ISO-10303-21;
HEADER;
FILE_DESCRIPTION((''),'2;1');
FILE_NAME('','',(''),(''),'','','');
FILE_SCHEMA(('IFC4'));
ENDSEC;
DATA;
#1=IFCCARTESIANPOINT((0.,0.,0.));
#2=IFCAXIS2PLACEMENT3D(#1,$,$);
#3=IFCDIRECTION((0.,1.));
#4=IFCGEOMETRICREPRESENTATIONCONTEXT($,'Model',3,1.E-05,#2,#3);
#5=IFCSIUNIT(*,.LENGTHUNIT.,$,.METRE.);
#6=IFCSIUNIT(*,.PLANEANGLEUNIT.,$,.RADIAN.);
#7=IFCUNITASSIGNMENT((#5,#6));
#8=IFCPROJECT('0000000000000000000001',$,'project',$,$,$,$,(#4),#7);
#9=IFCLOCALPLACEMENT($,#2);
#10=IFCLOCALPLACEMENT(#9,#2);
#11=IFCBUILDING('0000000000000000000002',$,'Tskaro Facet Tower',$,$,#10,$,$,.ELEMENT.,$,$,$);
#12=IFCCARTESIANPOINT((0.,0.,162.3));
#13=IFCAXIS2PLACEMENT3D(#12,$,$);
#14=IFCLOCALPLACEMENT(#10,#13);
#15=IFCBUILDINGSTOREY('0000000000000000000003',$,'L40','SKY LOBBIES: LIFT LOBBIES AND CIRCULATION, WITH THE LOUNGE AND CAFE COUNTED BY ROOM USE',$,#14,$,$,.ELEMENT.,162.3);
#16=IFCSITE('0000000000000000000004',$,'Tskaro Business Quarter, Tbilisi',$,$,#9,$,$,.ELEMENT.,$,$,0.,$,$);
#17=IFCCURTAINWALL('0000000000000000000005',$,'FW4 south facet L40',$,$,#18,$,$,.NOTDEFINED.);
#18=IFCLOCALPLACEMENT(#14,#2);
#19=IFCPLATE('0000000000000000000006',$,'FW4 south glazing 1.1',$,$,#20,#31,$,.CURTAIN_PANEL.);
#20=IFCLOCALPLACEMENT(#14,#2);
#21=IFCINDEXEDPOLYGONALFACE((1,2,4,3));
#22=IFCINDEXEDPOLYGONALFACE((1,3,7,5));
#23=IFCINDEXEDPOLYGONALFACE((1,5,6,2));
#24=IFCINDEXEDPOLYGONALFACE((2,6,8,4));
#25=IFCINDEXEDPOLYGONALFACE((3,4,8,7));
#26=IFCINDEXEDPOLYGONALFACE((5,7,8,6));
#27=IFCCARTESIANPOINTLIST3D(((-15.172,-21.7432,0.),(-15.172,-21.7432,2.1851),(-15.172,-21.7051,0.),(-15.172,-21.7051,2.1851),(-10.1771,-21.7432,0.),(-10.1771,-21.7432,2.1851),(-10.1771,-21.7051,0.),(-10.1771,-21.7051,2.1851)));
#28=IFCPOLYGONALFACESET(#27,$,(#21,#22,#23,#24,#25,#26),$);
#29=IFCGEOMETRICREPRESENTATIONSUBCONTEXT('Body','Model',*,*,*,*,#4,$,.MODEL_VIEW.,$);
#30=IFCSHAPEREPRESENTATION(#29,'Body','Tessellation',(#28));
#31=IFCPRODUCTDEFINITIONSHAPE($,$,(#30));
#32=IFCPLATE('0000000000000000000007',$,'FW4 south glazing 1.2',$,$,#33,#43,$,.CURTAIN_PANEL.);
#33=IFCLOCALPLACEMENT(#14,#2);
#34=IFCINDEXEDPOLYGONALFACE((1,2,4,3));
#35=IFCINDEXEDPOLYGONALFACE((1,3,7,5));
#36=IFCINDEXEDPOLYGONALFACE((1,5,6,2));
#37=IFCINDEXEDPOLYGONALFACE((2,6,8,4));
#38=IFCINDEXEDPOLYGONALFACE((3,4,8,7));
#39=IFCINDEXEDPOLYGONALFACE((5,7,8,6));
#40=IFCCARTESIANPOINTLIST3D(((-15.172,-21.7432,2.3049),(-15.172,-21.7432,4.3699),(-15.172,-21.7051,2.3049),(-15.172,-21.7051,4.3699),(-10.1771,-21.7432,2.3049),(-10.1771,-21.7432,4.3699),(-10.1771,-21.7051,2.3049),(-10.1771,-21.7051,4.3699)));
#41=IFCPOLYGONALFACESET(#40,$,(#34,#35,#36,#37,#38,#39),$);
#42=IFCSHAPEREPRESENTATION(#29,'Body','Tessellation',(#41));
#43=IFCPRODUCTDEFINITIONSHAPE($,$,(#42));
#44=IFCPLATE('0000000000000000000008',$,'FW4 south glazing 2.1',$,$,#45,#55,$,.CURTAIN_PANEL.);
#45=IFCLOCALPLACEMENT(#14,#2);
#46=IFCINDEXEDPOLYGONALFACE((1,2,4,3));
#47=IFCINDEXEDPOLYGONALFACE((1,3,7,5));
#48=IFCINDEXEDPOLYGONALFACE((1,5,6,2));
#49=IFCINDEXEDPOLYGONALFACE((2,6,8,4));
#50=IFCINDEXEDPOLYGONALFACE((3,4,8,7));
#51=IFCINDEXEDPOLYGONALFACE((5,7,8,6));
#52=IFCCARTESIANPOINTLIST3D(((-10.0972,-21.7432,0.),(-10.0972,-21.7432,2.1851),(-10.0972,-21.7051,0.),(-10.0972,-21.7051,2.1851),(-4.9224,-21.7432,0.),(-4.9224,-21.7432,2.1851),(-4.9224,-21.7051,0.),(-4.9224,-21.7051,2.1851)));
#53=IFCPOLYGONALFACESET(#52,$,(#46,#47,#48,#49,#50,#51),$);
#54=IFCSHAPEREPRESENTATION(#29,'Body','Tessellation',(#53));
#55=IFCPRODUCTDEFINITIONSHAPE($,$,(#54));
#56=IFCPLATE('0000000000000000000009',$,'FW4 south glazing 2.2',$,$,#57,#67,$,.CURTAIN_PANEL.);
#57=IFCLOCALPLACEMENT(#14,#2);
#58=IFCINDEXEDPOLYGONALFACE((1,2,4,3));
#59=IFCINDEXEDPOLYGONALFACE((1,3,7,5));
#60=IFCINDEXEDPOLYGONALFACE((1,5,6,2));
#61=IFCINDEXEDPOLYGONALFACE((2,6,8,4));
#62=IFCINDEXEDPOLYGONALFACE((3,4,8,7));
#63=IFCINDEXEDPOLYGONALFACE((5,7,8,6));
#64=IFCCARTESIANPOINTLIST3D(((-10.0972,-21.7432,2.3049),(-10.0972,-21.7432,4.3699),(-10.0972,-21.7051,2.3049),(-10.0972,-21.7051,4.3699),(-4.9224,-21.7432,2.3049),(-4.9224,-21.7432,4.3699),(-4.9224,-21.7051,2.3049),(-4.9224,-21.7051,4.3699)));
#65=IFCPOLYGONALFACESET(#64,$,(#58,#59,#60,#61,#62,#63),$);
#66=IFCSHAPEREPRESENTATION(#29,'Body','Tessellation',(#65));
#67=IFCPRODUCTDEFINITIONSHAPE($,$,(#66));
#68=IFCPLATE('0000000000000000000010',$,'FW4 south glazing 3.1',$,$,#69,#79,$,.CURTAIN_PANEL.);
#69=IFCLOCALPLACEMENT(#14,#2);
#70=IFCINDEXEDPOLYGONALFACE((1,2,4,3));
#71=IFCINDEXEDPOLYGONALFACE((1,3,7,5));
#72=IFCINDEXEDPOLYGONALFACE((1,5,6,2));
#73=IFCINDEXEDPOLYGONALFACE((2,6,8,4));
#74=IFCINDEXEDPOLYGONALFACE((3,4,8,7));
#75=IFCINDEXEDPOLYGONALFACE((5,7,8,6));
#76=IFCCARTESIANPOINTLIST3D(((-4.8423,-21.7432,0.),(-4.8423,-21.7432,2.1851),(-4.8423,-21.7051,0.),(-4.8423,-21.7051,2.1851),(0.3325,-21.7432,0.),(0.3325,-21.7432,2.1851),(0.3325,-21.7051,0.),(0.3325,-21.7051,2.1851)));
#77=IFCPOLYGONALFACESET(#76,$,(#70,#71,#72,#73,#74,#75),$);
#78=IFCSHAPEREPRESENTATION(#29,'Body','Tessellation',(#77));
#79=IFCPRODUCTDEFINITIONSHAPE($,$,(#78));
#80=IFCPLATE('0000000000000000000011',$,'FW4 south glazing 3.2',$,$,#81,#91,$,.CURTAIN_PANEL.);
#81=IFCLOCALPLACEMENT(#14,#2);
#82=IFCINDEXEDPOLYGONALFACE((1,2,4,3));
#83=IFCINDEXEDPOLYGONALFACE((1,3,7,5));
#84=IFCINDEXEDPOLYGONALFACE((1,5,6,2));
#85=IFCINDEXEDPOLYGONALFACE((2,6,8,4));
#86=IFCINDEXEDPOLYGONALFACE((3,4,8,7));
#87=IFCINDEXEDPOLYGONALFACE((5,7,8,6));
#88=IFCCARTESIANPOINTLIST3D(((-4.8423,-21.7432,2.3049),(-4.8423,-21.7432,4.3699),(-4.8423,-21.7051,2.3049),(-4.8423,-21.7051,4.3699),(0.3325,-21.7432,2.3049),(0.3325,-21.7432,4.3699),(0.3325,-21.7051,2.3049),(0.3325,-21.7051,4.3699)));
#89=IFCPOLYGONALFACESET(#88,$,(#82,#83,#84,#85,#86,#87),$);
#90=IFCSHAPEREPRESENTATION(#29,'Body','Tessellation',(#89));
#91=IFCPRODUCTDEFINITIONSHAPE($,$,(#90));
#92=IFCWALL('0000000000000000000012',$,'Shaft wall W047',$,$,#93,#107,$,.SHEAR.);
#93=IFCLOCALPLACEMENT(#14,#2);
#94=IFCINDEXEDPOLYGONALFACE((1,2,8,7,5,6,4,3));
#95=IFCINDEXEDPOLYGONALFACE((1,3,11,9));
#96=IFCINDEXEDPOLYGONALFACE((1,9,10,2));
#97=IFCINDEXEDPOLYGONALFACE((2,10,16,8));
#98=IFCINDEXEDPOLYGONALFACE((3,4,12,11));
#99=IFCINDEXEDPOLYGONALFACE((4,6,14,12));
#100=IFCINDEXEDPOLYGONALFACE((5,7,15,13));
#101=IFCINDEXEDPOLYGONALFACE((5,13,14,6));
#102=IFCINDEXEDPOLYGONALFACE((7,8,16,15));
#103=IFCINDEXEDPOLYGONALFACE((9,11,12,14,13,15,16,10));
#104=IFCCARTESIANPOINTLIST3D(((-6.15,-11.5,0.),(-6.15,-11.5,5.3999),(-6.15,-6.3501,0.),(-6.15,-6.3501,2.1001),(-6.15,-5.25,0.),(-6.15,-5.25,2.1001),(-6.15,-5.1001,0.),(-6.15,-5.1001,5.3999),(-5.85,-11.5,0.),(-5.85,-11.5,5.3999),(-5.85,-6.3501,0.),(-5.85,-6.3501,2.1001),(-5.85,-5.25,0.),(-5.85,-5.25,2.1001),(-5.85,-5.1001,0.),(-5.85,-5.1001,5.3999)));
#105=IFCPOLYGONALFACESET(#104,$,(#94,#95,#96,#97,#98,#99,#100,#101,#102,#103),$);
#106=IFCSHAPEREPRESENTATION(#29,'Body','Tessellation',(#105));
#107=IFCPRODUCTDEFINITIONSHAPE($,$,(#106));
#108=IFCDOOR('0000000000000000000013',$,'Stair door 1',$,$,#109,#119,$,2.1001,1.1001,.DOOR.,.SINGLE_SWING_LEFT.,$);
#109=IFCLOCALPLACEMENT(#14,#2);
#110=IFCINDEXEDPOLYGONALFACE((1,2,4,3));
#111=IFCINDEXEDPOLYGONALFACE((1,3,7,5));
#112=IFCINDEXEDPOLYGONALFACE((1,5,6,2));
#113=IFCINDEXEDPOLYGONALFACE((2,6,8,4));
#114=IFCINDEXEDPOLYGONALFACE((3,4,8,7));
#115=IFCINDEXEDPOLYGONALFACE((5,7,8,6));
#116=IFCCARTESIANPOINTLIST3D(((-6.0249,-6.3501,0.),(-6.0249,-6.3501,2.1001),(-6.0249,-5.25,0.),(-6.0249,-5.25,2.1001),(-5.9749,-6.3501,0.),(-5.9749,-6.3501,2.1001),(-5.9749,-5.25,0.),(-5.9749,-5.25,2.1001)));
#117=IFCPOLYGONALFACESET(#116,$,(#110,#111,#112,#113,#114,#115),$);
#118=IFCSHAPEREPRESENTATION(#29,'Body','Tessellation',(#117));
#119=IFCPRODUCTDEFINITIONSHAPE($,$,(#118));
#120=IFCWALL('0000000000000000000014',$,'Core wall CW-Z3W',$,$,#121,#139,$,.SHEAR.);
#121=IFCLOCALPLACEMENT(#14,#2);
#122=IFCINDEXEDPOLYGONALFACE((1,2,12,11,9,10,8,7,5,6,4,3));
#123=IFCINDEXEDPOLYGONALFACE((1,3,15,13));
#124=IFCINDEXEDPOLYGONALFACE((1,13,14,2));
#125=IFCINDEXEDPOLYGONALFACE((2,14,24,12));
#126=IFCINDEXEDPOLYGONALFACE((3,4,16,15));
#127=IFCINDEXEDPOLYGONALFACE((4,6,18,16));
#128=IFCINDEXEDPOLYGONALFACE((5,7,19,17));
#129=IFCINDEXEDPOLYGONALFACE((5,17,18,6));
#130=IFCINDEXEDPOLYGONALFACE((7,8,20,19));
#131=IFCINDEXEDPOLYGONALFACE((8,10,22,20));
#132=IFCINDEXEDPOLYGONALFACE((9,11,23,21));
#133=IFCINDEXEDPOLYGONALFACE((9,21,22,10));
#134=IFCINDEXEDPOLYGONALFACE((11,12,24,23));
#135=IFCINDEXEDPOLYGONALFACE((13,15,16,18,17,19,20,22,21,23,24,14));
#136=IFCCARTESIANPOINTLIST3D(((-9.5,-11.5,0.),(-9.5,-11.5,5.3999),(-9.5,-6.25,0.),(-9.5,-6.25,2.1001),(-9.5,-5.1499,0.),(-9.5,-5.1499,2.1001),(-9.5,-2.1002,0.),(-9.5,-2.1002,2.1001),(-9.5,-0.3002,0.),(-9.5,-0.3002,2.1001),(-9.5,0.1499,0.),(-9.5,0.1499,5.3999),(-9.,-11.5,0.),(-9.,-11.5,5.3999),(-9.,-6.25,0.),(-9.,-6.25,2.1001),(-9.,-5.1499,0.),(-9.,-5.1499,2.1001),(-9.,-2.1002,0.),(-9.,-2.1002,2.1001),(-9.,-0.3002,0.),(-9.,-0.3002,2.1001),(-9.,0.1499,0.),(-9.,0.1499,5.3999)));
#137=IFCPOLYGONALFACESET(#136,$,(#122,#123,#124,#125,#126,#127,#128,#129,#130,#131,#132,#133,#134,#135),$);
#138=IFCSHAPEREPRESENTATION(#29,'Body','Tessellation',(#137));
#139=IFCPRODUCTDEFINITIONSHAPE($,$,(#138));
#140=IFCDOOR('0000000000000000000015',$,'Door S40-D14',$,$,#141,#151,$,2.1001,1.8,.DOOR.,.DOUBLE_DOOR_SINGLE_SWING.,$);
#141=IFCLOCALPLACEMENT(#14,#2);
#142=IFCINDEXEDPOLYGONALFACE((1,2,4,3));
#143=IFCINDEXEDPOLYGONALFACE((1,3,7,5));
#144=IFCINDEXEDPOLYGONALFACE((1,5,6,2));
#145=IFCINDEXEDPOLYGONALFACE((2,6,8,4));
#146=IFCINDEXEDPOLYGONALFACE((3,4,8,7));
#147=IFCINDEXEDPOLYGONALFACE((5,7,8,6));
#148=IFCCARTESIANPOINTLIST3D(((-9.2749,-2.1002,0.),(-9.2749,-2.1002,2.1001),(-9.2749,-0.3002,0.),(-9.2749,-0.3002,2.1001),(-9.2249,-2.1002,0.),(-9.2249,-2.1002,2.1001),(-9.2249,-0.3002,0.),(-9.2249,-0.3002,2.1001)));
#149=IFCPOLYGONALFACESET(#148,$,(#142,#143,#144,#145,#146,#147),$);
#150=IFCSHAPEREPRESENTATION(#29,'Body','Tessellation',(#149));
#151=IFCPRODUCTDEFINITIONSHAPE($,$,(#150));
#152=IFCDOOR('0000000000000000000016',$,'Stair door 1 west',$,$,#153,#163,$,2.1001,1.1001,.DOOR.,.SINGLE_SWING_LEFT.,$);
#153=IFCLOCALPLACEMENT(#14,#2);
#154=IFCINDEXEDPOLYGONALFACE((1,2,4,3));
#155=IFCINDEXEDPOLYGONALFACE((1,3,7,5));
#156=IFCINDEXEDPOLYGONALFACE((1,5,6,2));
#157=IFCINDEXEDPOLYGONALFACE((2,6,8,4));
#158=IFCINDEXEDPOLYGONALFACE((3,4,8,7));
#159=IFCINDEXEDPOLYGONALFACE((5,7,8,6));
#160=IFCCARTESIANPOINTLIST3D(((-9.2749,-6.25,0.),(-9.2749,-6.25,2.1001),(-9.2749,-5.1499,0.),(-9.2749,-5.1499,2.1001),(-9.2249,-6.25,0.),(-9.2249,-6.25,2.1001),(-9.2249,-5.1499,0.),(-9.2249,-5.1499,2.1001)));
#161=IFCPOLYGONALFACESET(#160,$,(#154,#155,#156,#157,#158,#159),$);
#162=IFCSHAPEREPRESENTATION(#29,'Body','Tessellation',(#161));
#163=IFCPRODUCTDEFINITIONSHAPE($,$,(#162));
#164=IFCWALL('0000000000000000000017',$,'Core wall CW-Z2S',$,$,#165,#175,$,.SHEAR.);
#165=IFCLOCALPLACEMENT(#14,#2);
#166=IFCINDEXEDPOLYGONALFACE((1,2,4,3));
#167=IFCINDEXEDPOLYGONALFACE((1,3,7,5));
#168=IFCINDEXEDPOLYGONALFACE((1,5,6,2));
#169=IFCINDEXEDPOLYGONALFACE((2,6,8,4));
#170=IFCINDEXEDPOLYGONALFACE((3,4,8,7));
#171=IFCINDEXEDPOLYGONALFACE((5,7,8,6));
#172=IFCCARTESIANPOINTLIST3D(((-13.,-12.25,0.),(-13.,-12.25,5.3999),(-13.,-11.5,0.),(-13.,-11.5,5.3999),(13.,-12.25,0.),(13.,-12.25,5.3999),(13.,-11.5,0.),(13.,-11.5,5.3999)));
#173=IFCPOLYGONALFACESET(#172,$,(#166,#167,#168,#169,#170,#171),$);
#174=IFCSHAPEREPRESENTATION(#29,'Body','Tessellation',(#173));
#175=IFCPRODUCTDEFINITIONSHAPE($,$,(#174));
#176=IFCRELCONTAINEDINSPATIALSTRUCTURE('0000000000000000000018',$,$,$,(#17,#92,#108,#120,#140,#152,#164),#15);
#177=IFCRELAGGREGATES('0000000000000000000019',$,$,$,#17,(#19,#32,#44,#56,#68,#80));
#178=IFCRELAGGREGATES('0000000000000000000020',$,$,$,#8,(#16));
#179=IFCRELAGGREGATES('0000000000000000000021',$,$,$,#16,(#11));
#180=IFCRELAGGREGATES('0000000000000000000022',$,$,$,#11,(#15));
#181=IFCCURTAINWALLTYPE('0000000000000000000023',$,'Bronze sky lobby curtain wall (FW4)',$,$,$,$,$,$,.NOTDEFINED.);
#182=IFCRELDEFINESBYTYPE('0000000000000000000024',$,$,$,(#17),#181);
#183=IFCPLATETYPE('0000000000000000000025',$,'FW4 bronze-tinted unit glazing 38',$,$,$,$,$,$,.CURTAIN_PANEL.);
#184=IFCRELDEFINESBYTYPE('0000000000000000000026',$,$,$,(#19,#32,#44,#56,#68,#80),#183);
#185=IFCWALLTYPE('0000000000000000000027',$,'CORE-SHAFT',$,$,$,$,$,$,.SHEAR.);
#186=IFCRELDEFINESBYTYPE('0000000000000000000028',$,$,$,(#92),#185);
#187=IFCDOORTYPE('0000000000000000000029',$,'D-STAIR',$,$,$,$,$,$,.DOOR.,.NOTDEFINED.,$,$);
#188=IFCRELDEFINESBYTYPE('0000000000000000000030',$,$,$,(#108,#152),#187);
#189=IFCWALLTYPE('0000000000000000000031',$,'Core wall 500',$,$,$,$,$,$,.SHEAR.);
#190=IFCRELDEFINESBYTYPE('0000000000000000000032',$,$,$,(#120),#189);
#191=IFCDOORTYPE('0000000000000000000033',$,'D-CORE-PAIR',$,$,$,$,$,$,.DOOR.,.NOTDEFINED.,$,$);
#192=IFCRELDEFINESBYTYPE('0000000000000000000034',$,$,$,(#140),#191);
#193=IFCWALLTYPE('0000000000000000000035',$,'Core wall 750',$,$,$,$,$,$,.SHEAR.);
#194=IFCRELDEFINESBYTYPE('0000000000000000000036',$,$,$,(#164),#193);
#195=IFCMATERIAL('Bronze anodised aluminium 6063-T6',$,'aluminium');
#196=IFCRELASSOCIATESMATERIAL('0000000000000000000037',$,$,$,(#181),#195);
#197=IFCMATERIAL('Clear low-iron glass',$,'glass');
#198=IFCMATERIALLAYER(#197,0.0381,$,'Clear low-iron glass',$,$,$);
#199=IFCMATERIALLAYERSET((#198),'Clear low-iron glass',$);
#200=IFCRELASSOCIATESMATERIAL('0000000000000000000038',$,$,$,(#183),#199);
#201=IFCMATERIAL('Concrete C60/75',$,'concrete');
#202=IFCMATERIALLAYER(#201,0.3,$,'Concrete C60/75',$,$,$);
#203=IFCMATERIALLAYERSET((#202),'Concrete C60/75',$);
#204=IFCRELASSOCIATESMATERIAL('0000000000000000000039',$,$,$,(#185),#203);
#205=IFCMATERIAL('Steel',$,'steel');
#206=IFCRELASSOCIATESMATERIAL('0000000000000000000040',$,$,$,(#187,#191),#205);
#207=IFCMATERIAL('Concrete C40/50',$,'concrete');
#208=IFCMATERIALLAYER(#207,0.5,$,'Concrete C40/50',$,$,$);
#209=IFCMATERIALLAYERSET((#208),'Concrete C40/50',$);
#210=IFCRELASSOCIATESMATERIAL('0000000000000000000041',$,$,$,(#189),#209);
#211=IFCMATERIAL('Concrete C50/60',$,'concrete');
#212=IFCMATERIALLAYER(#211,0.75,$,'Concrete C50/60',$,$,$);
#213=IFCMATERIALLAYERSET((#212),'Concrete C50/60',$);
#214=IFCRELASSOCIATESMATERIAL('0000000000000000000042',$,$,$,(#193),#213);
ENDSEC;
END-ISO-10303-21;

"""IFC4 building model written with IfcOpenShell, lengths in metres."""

from ifc_helpers import new_model, si_unit, direction, frame, frame_2d, origin, origin_2d, place, context, subcontext, project, spatial, rectangle, extrude, material, layer, layer_set, type_object, element, fill, aggregate, save


model = new_model("IFC4")

# Units and contexts
model_context = context("Model", 3, precision=1e-05, world=origin(), true_north=direction((0.0, 1.0)))
body_context = subcontext(model_context, "Body", "Model", "MODEL_VIEW")
ifc_project = project(units=[si_unit("LENGTHUNIT", "METRE"), si_unit("PLANEANGLEUNIT", "RADIAN")], contexts=[model_context])

# Site, building, storey
site_placement = place(None, origin())
site = spatial("IfcSite", under=ifc_project, at=site_placement, Name="Tskaro Business Quarter, Tbilisi", CompositionType="ELEMENT", RefElevation=0.0)
building_placement = place(site_placement, origin())
building = spatial("IfcBuilding", under=site, at=building_placement, Name="Tskaro Facet Tower", CompositionType="ELEMENT")
storey_placement = place(building_placement, frame((0.0, 0.0, 162.3)))
storey = spatial("IfcBuildingStorey", under=building, at=storey_placement, Name="L40", Description="SKY LOBBIES: LIFT LOBBIES AND CIRCULATION, WITH THE LOUNGE AND CAFE COUNTED BY ROOM USE", CompositionType="ELEMENT", Elevation=162.3)

# Curtain wall
ifc_material_1 = material(Name="Bronze anodised aluminium 6063-T6", Category="aluminium")
curtain_wall_type = type_object("IfcCurtainWallType", Name="Bronze sky lobby curtain wall (FW4)", PredefinedType="NOTDEFINED", material=ifc_material_1)
curtain_wall_placement = place(storey_placement, origin())
curtain_wall = element("IfcCurtainWall", 1, at=curtain_wall_placement, inside=storey, type_object=curtain_wall_type, Name="FW4 south facet L40", PredefinedType="NOTDEFINED")

# Plates
ifc_material_2 = material(Name="Clear low-iron glass", Category="glass")
ifc_layer_1 = layer(ifc_material_2, 0.0381, Name="Clear low-iron glass")
ifc_layer_set_1 = layer_set([ifc_layer_1], Name="Clear low-iron glass")
plate_type = type_object("IfcPlateType", Name="FW4 bronze-tinted unit glazing 38", PredefinedType="CURTAIN_PANEL", material=ifc_layer_set_1)
plate_1_placement = place(storey_placement, frame((-12.6746, -21.7241, 0.0), z_axis=(0.0, 0.0, 1.0), x_axis=(1.0, 0.0, 0.0)))
plate_1 = element("IfcPlate", 2, at=plate_1_placement, type_object=plate_type, Name="FW4 south glazing 1.1", PredefinedType="CURTAIN_PANEL", context=body_context, shape_type="SweptSolid", body=[
    extrude(rectangle(XDim=4.9949, YDim=0.0381, at=origin_2d()), origin(), (0.0, 0.0, 1.0), 2.1851),
])
plate_2_placement = place(storey_placement, frame((-12.6746, -21.7241, 2.3049), z_axis=(0.0, 0.0, 1.0), x_axis=(1.0, 0.0, 0.0)))
plate_2 = element("IfcPlate", 3, at=plate_2_placement, type_object=plate_type, Name="FW4 south glazing 1.2", PredefinedType="CURTAIN_PANEL", context=body_context, shape_type="SweptSolid", body=[
    extrude(rectangle(XDim=4.9949, YDim=0.0381, at=origin_2d()), origin(), (0.0, 0.0, 1.0), 2.0649),
])
plate_3_placement = place(storey_placement, frame((-7.5098, -21.7241, 0.0), z_axis=(0.0, 0.0, 1.0), x_axis=(1.0, 0.0, 0.0)))
plate_3 = element("IfcPlate", 4, at=plate_3_placement, type_object=plate_type, Name="FW4 south glazing 2.1", PredefinedType="CURTAIN_PANEL", context=body_context, shape_type="SweptSolid", body=[
    extrude(rectangle(XDim=5.1748, YDim=0.0381, at=origin_2d()), origin(), (0.0, 0.0, 1.0), 2.1851),
])
plate_4_placement = place(storey_placement, frame((-7.5098, -21.7241, 2.3049), z_axis=(0.0, 0.0, 1.0), x_axis=(1.0, 0.0, 0.0)))
plate_4 = element("IfcPlate", 5, at=plate_4_placement, type_object=plate_type, Name="FW4 south glazing 2.2", PredefinedType="CURTAIN_PANEL", context=body_context, shape_type="SweptSolid", body=[
    extrude(rectangle(XDim=5.1748, YDim=0.0381, at=origin_2d()), origin(), (0.0, 0.0, 1.0), 2.0649),
])
plate_5_placement = place(storey_placement, frame((-2.2549, -21.7241, 0.0), z_axis=(0.0, 0.0, 1.0), x_axis=(1.0, 0.0, 0.0)))
plate_5 = element("IfcPlate", 6, at=plate_5_placement, type_object=plate_type, Name="FW4 south glazing 3.1", PredefinedType="CURTAIN_PANEL", context=body_context, shape_type="SweptSolid", body=[
    extrude(rectangle(XDim=5.1748, YDim=0.0381, at=origin_2d()), origin(), (0.0, 0.0, 1.0), 2.1851),
])
plate_6_placement = place(storey_placement, frame((-2.2549, -21.7241, 2.3049), z_axis=(0.0, 0.0, 1.0), x_axis=(1.0, 0.0, 0.0)))
plate_6 = element("IfcPlate", 7, at=plate_6_placement, type_object=plate_type, Name="FW4 south glazing 3.2", PredefinedType="CURTAIN_PANEL", context=body_context, shape_type="SweptSolid", body=[
    extrude(rectangle(XDim=5.1748, YDim=0.0381, at=origin_2d()), origin(), (0.0, 0.0, 1.0), 2.0649),
])
aggregate(curtain_wall, [plate_1, plate_2, plate_3, plate_4, plate_5, plate_6])

# Wall, opening, door
ifc_material_3 = material(Name="Concrete C60/75", Category="concrete")
ifc_layer_2 = layer(ifc_material_3, 0.3, Name="Concrete C60/75")
ifc_layer_set_2 = layer_set([ifc_layer_2], Name="Concrete C60/75")
wall_type_1 = type_object("IfcWallType", Name="CORE-SHAFT", PredefinedType="SHEAR", material=ifc_layer_set_2)
wall_1_placement = place(storey_placement, frame((-6.0, -11.5, 0.0), z_axis=(0.0, 0.0, 1.0), x_axis=(0.0, 1.0, 0.0)))
wall_1 = element("IfcWall", 8, at=wall_1_placement, inside=storey, type_object=wall_type_1, Name="Shaft wall W047", PredefinedType="SHEAR", context=body_context, shape_type="SweptSolid", body=[
    extrude(rectangle(XDim=6.3999, YDim=0.3, at=frame_2d((3.2, 0.0))), origin(), (0.0, 0.0, 1.0), 5.3999),
])
opening_1_placement = place(wall_1_placement, frame((5.1499, 0.0, 0.0)))
opening_1 = element("IfcOpeningElement", 9, at=opening_1_placement, cuts=wall_1, PredefinedType="OPENING", context=body_context, shape_type="SweptSolid", body=[
    extrude(rectangle(XDim=1.1001, YDim=2.1001, at=frame_2d((0.55, 1.05))), frame((0.0, 0.1599, 0.0), z_axis=(0.0, -1.0, 0.0), x_axis=(1.0, 0.0, 0.0)), (0.0, 0.0, 1.0), 0.3201),
])
ifc_material_4 = material(Name="Steel", Category="steel")
door_type_1 = type_object("IfcDoorType", Name="D-STAIR", OperationType="NOTDEFINED", PredefinedType="DOOR", material=ifc_material_4)
door_1_placement = place(opening_1_placement, origin())
door_1 = element("IfcDoor", 10, at=door_1_placement, inside=storey, type_object=door_type_1, Name="Stair door 1", OperationType="SINGLE_SWING_LEFT", OverallHeight=2.1001, OverallWidth=1.1001, PredefinedType="DOOR", context=body_context, shape_type="SweptSolid", body=[
    extrude(rectangle(XDim=1.1001, YDim=2.1001, at=frame_2d((0.55, 1.05))), frame((0.0, 0.0249, 0.0), z_axis=(0.0, -1.0, 0.0), x_axis=(1.0, 0.0, 0.0)), (0.0, 0.0, 1.0), 0.05),
])
fill(opening_1, door_1)

# Wall, openings, doors
ifc_material_5 = material(Name="Concrete C40/50", Category="concrete")
ifc_layer_3 = layer(ifc_material_5, 0.5, Name="Concrete C40/50")
ifc_layer_set_3 = layer_set([ifc_layer_3], Name="Concrete C40/50")
wall_type_2 = type_object("IfcWallType", Name="Core wall 500", PredefinedType="SHEAR", material=ifc_layer_set_3)
wall_2_placement = place(storey_placement, frame((-9.25, -11.5, 0.0), z_axis=(0.0, 0.0, 1.0), x_axis=(0.0, 1.0, 0.0)))
wall_2 = element("IfcWall", 11, at=wall_2_placement, inside=storey, type_object=wall_type_2, Name="Core wall CW-Z3W", PredefinedType="SHEAR", context=body_context, shape_type="SweptSolid", body=[
    extrude(rectangle(XDim=11.6499, YDim=0.5, at=frame_2d((5.825, 0.0))), origin(), (0.0, 0.0, 1.0), 5.3999),
])
opening_2_placement = place(wall_2_placement, frame((9.3999, 0.0, 0.0)))
opening_2 = element("IfcOpeningElement", 12, at=opening_2_placement, cuts=wall_2, PredefinedType="OPENING", context=body_context, shape_type="SweptSolid", body=[
    extrude(rectangle(XDim=1.8, YDim=2.1001, at=frame_2d((0.8999, 1.05))), frame((0.0, 0.26, 0.0), z_axis=(0.0, -1.0, 0.0), x_axis=(1.0, 0.0, 0.0)), (0.0, 0.0, 1.0), 0.52),
])
opening_3_placement = place(wall_2_placement, frame((5.25, 0.0, 0.0)))
opening_3 = element("IfcOpeningElement", 13, at=opening_3_placement, cuts=wall_2, PredefinedType="OPENING", context=body_context, shape_type="SweptSolid", body=[
    extrude(rectangle(XDim=1.1001, YDim=2.1001, at=frame_2d((0.55, 1.05))), frame((0.0, 0.26, 0.0), z_axis=(0.0, -1.0, 0.0), x_axis=(1.0, 0.0, 0.0)), (0.0, 0.0, 1.0), 0.52),
])
door_type_2 = type_object("IfcDoorType", Name="D-CORE-PAIR", OperationType="NOTDEFINED", PredefinedType="DOOR", material=ifc_material_4)
door_2_placement = place(opening_2_placement, origin())
door_2 = element("IfcDoor", 14, at=door_2_placement, inside=storey, type_object=door_type_2, Name="Door S40-D14", OperationType="DOUBLE_DOOR_SINGLE_SWING", OverallHeight=2.1001, OverallWidth=1.8, PredefinedType="DOOR", context=body_context, shape_type="SweptSolid", body=[
    extrude(rectangle(XDim=1.8, YDim=2.1001, at=frame_2d((0.8999, 1.05))), frame((0.0, 0.0249, 0.0), z_axis=(0.0, -1.0, 0.0), x_axis=(1.0, 0.0, 0.0)), (0.0, 0.0, 1.0), 0.05),
])
fill(opening_2, door_2)
door_3_placement = place(opening_3_placement, origin())
door_3 = element("IfcDoor", 15, at=door_3_placement, inside=storey, type_object=door_type_1, Name="Stair door 1 west", OperationType="SINGLE_SWING_LEFT", OverallHeight=2.1001, OverallWidth=1.1001, PredefinedType="DOOR", context=body_context, shape_type="SweptSolid", body=[
    extrude(rectangle(XDim=1.1001, YDim=2.1001, at=frame_2d((0.55, 1.05))), frame((0.0, 0.0249, 0.0), z_axis=(0.0, -1.0, 0.0), x_axis=(1.0, 0.0, 0.0)), (0.0, 0.0, 1.0), 0.05),
])
fill(opening_3, door_3)

# Wall
ifc_material_6 = material(Name="Concrete C50/60", Category="concrete")
ifc_layer_4 = layer(ifc_material_6, 0.75, Name="Concrete C50/60")
ifc_layer_set_4 = layer_set([ifc_layer_4], Name="Concrete C50/60")
wall_type_3 = type_object("IfcWallType", Name="Core wall 750", PredefinedType="SHEAR", material=ifc_layer_set_4)
wall_3_placement = place(storey_placement, frame((-13.0, -11.875, 0.0), z_axis=(0.0, 0.0, 1.0), x_axis=(1.0, 0.0, 0.0)))
element("IfcWall", 16, at=wall_3_placement, inside=storey, type_object=wall_type_3, Name="Core wall CW-Z2S", PredefinedType="SHEAR", context=body_context, shape_type="SweptSolid", body=[
    extrude(rectangle(XDim=26.0, YDim=0.75, at=frame_2d((13.0, 0.0))), origin(), (0.0, 0.0, 1.0), 5.3999),
])

save(model, "model.ifc")
